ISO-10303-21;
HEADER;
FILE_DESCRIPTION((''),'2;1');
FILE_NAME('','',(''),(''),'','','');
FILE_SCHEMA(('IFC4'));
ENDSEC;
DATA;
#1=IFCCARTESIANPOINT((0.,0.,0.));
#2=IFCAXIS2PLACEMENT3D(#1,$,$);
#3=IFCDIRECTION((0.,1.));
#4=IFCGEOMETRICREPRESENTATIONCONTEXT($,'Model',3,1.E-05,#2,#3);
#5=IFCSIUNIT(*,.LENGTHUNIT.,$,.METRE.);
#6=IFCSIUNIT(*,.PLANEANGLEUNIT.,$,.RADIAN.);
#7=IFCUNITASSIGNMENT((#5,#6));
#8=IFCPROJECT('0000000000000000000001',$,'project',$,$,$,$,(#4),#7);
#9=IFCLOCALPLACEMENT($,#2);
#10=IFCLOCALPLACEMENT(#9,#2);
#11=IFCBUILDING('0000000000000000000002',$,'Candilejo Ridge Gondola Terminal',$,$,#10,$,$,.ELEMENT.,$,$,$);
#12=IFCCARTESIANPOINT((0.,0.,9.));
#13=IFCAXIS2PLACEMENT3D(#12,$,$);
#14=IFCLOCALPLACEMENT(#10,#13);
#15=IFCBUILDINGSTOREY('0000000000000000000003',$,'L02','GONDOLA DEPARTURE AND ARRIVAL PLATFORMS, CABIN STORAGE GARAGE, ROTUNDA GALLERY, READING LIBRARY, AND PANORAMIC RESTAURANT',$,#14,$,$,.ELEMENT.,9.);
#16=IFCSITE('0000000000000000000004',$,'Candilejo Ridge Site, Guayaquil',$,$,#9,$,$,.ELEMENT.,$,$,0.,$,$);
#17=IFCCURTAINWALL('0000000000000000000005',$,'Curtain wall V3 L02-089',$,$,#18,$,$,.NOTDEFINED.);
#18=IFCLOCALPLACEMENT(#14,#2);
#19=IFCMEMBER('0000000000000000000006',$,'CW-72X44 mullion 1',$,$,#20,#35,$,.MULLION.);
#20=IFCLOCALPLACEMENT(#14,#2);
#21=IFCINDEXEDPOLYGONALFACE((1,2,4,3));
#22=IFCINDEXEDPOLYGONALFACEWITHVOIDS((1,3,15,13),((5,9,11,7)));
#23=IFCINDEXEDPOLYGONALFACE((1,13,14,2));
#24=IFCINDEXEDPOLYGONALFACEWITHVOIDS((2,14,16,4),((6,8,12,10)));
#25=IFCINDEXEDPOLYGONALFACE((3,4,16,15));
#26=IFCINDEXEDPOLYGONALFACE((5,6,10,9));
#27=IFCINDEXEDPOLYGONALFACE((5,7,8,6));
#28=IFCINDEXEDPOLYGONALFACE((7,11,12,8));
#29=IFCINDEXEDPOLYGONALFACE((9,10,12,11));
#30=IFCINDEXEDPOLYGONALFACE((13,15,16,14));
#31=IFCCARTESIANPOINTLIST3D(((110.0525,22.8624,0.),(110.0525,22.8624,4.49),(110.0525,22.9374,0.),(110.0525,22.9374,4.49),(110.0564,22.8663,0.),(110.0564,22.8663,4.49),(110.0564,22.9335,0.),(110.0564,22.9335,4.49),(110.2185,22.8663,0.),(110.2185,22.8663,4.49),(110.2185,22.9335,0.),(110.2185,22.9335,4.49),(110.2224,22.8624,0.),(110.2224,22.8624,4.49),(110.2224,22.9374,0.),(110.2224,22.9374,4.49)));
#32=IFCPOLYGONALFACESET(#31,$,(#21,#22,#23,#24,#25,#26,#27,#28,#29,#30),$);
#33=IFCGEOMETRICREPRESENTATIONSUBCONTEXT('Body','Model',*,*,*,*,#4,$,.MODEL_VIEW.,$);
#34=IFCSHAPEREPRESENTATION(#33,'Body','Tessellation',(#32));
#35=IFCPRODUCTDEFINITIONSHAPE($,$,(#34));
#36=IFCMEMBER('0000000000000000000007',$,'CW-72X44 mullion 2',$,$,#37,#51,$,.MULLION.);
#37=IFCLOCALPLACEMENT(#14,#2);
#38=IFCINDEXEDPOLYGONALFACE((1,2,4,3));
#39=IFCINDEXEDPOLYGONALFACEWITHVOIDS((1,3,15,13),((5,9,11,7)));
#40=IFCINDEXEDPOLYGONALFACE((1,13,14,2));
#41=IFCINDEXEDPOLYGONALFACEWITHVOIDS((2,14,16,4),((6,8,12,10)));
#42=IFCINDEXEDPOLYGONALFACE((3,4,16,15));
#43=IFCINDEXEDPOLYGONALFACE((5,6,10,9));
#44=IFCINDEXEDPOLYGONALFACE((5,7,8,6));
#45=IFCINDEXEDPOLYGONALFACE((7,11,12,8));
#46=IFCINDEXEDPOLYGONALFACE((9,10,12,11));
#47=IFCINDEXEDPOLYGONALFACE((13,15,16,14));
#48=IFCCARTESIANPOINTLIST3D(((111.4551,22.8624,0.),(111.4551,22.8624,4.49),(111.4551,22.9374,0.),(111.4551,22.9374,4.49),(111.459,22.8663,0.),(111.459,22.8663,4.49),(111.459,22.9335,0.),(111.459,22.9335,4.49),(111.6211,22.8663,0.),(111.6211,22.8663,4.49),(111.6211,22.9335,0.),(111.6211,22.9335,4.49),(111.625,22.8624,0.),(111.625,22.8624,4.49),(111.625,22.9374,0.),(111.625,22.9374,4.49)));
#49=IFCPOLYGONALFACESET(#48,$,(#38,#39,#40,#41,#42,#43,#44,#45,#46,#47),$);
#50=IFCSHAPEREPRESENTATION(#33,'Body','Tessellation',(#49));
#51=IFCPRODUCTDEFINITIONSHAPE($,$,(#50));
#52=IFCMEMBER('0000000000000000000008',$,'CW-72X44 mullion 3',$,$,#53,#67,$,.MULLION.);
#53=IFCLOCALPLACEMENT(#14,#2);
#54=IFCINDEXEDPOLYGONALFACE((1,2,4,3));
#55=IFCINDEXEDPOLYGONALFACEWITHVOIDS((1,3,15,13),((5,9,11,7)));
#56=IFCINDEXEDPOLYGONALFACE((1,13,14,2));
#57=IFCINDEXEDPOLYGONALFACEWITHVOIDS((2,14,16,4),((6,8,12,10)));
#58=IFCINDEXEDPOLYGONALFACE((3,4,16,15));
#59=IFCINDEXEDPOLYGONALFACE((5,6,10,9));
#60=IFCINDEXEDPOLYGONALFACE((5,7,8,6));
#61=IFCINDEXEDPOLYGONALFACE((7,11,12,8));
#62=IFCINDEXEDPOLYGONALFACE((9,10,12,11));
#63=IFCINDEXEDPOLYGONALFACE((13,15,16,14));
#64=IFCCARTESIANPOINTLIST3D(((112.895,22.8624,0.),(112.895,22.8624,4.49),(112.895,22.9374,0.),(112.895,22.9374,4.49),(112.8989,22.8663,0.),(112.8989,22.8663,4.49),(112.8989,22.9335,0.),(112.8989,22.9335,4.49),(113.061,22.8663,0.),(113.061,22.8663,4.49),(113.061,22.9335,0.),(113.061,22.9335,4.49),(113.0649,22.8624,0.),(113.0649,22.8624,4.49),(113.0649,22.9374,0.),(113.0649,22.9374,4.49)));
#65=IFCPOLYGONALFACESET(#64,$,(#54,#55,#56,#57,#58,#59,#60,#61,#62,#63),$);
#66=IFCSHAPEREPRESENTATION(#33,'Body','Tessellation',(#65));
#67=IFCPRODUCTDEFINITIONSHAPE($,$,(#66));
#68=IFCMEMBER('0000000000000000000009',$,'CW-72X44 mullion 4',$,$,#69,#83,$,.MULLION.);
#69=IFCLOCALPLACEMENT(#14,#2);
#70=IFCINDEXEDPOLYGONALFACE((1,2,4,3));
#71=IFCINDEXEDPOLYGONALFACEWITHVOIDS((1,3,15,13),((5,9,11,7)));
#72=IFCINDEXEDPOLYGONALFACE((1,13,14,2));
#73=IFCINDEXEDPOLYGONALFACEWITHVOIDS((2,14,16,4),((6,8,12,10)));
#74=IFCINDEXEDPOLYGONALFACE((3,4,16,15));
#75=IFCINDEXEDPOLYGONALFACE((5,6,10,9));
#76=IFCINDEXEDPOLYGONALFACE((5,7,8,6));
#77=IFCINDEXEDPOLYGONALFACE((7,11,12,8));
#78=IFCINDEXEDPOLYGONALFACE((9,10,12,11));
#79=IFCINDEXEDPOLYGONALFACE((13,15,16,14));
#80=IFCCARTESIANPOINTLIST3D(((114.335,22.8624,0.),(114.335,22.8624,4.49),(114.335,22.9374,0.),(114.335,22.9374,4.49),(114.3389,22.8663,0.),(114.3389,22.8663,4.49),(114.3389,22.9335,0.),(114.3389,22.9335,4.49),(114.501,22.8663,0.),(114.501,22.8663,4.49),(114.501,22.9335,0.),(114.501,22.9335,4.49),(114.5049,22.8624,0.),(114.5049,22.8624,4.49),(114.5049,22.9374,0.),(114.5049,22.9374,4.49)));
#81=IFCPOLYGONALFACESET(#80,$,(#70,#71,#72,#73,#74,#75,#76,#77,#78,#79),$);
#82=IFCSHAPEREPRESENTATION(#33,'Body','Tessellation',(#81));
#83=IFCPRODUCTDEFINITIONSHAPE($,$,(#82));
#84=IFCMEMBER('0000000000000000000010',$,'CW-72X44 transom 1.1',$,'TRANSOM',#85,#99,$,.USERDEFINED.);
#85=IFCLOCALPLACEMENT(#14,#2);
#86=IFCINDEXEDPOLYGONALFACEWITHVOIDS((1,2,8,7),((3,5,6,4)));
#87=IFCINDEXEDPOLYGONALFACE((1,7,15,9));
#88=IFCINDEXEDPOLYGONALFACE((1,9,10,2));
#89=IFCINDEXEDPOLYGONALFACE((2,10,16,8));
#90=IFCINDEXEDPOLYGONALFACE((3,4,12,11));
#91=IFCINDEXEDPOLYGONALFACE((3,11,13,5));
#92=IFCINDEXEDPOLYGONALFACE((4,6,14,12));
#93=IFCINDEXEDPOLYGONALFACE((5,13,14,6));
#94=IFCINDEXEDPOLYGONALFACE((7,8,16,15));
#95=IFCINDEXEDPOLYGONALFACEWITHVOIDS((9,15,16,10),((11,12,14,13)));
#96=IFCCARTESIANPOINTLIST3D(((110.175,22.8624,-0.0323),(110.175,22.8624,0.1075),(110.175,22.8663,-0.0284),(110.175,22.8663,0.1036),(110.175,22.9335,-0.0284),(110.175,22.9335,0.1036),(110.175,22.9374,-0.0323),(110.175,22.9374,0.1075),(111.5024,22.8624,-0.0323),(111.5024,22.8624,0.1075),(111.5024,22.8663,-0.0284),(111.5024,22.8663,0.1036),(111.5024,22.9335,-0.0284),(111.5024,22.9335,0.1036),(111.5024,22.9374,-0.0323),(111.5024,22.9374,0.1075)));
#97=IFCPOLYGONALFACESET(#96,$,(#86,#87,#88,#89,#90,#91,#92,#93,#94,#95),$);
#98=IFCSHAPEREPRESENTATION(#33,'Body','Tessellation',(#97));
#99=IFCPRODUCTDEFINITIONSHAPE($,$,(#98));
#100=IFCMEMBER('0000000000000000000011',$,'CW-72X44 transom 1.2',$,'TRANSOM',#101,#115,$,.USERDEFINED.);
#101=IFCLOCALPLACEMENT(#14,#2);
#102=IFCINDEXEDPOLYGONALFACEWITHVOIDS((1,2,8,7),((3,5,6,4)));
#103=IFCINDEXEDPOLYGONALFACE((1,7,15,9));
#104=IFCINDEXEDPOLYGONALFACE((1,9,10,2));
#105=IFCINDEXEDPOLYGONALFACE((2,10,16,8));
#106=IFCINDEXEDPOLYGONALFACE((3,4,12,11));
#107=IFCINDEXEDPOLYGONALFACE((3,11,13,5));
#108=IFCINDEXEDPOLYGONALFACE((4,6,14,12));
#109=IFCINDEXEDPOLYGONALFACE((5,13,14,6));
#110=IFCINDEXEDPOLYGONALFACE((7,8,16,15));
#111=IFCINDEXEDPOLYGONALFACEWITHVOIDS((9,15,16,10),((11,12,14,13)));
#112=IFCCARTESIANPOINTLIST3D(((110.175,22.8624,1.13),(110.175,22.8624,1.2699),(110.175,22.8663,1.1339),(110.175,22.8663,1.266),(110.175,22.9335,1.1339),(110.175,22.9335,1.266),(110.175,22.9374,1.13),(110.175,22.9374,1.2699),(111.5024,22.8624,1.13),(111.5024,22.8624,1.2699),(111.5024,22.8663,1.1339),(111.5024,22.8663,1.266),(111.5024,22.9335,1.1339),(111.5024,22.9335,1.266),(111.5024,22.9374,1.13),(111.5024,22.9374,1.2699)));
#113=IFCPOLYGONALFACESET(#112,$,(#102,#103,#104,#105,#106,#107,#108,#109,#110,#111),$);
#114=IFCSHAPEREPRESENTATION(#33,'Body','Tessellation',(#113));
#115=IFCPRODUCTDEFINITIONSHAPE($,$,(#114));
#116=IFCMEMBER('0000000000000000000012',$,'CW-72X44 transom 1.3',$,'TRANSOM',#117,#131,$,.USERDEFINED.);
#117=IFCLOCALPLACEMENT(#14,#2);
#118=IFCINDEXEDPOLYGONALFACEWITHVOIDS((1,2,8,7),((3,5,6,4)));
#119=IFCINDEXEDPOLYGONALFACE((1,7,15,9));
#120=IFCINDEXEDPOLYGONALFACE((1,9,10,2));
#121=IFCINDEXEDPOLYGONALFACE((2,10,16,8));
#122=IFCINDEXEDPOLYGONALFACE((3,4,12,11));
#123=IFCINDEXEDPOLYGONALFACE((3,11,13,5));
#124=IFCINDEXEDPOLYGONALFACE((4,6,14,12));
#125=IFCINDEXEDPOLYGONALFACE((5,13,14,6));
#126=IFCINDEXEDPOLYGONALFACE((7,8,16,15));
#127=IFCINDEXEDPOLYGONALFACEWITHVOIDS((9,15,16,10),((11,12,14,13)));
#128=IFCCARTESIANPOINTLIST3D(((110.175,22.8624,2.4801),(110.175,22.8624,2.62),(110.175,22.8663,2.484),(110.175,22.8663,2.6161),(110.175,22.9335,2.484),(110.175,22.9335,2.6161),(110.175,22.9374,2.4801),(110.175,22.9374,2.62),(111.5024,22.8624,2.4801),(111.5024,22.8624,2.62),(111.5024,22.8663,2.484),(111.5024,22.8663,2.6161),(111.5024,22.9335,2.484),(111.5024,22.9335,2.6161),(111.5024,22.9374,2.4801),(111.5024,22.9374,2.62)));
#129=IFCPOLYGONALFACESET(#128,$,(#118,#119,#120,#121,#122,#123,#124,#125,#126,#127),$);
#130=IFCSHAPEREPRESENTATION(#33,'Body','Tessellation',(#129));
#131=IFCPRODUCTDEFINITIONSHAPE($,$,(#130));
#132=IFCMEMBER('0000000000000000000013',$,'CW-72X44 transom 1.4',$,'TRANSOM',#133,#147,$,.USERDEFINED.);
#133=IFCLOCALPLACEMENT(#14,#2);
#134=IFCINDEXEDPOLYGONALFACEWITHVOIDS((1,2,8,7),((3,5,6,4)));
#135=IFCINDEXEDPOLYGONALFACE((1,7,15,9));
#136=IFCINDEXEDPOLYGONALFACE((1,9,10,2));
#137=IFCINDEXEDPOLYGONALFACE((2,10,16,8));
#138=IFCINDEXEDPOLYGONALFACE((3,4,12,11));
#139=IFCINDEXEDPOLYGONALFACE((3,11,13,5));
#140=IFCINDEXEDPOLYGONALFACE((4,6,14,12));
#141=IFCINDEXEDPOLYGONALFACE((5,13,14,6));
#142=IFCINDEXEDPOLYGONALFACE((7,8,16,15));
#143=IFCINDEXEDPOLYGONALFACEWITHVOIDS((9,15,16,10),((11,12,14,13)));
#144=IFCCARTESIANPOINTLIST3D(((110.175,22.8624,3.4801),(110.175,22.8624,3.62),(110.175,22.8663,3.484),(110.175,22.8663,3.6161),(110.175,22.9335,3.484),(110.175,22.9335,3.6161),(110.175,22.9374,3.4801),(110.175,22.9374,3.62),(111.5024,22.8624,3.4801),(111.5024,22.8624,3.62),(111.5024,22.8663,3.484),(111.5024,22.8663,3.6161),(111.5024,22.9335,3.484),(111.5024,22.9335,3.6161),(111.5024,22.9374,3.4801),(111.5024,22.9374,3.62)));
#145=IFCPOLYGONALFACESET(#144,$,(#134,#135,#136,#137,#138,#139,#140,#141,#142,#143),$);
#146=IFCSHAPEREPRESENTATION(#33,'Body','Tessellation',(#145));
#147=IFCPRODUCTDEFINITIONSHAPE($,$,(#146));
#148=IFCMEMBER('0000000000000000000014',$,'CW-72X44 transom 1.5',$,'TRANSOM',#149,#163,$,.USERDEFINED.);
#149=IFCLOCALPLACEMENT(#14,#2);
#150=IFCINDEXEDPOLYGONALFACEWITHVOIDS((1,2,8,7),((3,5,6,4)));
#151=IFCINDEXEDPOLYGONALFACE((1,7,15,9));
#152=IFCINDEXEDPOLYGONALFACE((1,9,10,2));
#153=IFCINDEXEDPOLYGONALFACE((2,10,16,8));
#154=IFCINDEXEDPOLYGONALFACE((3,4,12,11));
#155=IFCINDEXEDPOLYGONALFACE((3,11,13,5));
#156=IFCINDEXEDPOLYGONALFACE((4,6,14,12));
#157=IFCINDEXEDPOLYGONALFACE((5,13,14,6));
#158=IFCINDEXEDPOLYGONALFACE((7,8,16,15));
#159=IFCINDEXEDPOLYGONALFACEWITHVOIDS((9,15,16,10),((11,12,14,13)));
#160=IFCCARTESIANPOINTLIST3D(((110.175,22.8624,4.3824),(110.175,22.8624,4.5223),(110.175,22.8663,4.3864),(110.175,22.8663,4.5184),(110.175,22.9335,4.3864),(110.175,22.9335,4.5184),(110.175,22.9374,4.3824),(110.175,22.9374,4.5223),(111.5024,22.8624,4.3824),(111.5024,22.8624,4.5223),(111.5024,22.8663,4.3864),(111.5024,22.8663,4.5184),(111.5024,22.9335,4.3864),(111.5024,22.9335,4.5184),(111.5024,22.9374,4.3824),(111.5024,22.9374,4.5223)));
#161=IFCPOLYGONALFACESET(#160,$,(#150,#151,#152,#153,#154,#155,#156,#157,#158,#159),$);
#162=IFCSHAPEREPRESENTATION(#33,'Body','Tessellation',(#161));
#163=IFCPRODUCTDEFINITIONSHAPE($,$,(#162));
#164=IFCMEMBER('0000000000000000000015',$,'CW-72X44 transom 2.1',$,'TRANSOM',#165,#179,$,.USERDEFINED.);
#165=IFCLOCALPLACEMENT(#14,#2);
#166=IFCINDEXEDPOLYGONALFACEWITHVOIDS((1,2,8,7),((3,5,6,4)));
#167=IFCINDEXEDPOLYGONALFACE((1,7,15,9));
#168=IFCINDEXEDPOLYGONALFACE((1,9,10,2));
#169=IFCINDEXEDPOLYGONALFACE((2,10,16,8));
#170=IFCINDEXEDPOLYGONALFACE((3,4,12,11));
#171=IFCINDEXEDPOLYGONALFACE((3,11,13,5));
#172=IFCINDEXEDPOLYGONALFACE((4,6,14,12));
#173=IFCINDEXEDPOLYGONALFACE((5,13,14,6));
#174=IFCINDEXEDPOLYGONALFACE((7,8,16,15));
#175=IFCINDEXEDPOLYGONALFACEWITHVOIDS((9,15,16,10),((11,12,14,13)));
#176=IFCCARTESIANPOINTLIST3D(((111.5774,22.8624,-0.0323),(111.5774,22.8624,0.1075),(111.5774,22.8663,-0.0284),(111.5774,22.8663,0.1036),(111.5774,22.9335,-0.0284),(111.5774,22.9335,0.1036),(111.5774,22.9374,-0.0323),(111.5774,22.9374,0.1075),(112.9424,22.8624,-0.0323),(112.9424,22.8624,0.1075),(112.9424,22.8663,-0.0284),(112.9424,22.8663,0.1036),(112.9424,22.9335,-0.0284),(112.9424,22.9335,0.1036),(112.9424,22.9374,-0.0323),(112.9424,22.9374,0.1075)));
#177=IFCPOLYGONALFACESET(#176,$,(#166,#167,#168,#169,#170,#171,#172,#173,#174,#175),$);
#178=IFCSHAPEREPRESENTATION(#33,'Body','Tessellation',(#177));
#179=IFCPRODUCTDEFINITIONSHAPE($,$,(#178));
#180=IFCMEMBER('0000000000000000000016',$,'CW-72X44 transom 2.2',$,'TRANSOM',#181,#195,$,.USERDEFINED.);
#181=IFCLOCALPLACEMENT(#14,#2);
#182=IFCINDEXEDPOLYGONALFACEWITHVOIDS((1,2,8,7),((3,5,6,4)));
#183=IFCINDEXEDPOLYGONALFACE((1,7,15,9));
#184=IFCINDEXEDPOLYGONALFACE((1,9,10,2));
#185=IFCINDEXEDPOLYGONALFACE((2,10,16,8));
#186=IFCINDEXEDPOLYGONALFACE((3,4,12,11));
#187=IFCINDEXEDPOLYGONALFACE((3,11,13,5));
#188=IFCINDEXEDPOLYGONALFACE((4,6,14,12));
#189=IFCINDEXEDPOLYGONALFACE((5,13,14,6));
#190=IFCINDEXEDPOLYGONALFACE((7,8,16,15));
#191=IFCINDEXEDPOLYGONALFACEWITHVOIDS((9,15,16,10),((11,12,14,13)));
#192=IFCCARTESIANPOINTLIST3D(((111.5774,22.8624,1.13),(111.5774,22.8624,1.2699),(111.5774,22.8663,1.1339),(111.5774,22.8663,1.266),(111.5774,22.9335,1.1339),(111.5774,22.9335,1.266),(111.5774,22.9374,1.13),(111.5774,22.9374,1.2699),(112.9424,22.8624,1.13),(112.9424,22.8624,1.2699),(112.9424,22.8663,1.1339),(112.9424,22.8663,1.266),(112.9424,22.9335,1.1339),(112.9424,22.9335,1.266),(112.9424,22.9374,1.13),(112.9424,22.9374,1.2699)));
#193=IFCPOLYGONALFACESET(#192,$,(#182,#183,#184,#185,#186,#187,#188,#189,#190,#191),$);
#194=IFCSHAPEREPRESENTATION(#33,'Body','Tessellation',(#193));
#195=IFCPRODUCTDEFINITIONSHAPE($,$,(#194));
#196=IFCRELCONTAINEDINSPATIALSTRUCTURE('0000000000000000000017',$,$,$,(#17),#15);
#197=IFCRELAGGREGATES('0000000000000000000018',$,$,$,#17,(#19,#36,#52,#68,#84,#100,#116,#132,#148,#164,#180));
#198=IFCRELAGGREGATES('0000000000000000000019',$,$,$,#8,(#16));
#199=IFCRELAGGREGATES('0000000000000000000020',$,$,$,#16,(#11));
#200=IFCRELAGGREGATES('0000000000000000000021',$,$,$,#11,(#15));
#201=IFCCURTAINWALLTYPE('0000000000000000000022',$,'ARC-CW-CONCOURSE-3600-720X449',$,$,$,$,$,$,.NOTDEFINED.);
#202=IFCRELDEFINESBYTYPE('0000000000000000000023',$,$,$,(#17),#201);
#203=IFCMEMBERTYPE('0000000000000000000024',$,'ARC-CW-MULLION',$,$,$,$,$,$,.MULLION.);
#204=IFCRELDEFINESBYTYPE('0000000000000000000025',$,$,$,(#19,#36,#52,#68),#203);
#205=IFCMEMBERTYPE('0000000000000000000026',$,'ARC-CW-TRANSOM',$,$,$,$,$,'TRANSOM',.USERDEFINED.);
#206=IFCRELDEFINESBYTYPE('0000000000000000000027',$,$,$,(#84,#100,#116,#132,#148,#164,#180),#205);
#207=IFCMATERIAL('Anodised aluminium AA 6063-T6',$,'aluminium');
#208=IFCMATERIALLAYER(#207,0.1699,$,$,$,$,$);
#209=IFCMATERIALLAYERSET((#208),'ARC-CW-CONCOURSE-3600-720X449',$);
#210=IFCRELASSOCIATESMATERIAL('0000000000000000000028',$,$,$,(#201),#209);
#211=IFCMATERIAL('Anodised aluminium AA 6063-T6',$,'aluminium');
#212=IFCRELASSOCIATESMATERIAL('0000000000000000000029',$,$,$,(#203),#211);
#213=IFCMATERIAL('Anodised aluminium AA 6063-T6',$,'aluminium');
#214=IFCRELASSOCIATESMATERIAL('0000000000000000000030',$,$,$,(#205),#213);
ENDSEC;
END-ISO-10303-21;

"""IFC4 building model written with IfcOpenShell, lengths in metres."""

from ifc_helpers import new_model, si_unit, direction, frame, origin, origin_2d, place, context, subcontext, project, spatial, hollow_rectangle, extrude, material, layer, layer_set, material_profile, profile_set, type_object, element, aggregate, save


model = new_model("IFC4")

# Units and contexts
model_context = context("Model", 3, precision=1e-05, world=origin(), true_north=direction((0.0, 1.0)))
body_context = subcontext(model_context, "Body", "Model", "MODEL_VIEW")
ifc_project = project(units=[si_unit("LENGTHUNIT", "METRE"), si_unit("PLANEANGLEUNIT", "RADIAN")], contexts=[model_context])

# Site, building, storey
site_placement = place(None, origin())
site = spatial("IfcSite", under=ifc_project, at=site_placement, Name="Candilejo Ridge Site, Guayaquil", CompositionType="ELEMENT", RefElevation=0.0)
building_placement = place(site_placement, origin())
building = spatial("IfcBuilding", under=site, at=building_placement, Name="Candilejo Ridge Gondola Terminal", CompositionType="ELEMENT")
storey_placement = place(building_placement, frame((0.0, 0.0, 9.0)))
storey = spatial("IfcBuildingStorey", under=building, at=storey_placement, Name="L02", Description="GONDOLA DEPARTURE AND ARRIVAL PLATFORMS, CABIN STORAGE GARAGE, ROTUNDA GALLERY, READING LIBRARY, AND PANORAMIC RESTAURANT", CompositionType="ELEMENT", Elevation=9.0)

# Curtain wall, members
ifc_material_1 = material(Name="Anodised aluminium AA 6063-T6", Category="aluminium")
ifc_layer_1 = layer(ifc_material_1, 0.1699)
ifc_layer_set_1 = layer_set([ifc_layer_1], Name="ARC-CW-CONCOURSE-3600-720X449")
curtain_wall_type = type_object("IfcCurtainWallType", Name="ARC-CW-CONCOURSE-3600-720X449", PredefinedType="NOTDEFINED", material=ifc_layer_set_1)
curtain_wall_placement = place(storey_placement, origin())
curtain_wall = element("IfcCurtainWall", 1, at=curtain_wall_placement, inside=storey, type_object=curtain_wall_type, Name="Curtain wall V3 L02-089", PredefinedType="NOTDEFINED")
ifc_material_2 = material(Name="Anodised aluminium AA 6063-T6", Category="aluminium")
ifc_material_profile_1 = material_profile(ifc_material_2, hollow_rectangle(XDim=0.075, YDim=0.1699, WallThickness=0.0039, at=origin_2d()))
ifc_profile_set_1 = profile_set([ifc_material_profile_1], Name="Anodised aluminium AA 6063-T6")
member_type_1 = type_object("IfcMemberType", Name="ARC-CW-MULLION", PredefinedType="MULLION", material=ifc_profile_set_1)
member_1_placement = place(storey_placement, frame((110.1375, 22.8999, 0.0), z_axis=(0.0, 0.0, 1.0), x_axis=(0.0, 1.0, 0.0)))
member_1 = element("IfcMember", 2, at=member_1_placement, type_object=member_type_1, Name="CW-72X44 mullion 1", PredefinedType="MULLION", context=body_context, shape_type="SweptSolid", body=[
    extrude(hollow_rectangle(XDim=0.075, YDim=0.1699, WallThickness=0.0039, at=origin_2d()), origin(), (0.0, 0.0, 1.0), 4.49),
])
member_2_placement = place(storey_placement, frame((111.54, 22.8999, 0.0), z_axis=(0.0, 0.0, 1.0), x_axis=(0.0, 1.0, 0.0)))
member_2 = element("IfcMember", 3, at=member_2_placement, type_object=member_type_1, Name="CW-72X44 mullion 2", PredefinedType="MULLION", context=body_context, shape_type="SweptSolid", body=[
    extrude(hollow_rectangle(XDim=0.075, YDim=0.1699, WallThickness=0.0039, at=origin_2d()), origin(), (0.0, 0.0, 1.0), 4.49),
])
member_3_placement = place(storey_placement, frame((112.98, 22.8999, 0.0), z_axis=(0.0, 0.0, 1.0), x_axis=(0.0, 1.0, 0.0)))
member_3 = element("IfcMember", 4, at=member_3_placement, type_object=member_type_1, Name="CW-72X44 mullion 3", PredefinedType="MULLION", context=body_context, shape_type="SweptSolid", body=[
    extrude(hollow_rectangle(XDim=0.075, YDim=0.1699, WallThickness=0.0039, at=origin_2d()), origin(), (0.0, 0.0, 1.0), 4.49),
])
member_4_placement = place(storey_placement, frame((114.4199, 22.8999, 0.0), z_axis=(0.0, 0.0, 1.0), x_axis=(0.0, 1.0, 0.0)))
member_4 = element("IfcMember", 5, at=member_4_placement, type_object=member_type_1, Name="CW-72X44 mullion 4", PredefinedType="MULLION", context=body_context, shape_type="SweptSolid", body=[
    extrude(hollow_rectangle(XDim=0.075, YDim=0.1699, WallThickness=0.0039, at=origin_2d()), origin(), (0.0, 0.0, 1.0), 4.49),
])
ifc_material_3 = material(Name="Anodised aluminium AA 6063-T6", Category="aluminium")
ifc_material_profile_2 = material_profile(ifc_material_3, hollow_rectangle(XDim=0.075, YDim=0.1399, WallThickness=0.0039, at=origin_2d()))
ifc_profile_set_2 = profile_set([ifc_material_profile_2], Name="Anodised aluminium AA 6063-T6")
member_type_2 = type_object("IfcMemberType", Name="ARC-CW-TRANSOM", ElementType="TRANSOM", PredefinedType="USERDEFINED", material=ifc_profile_set_2)
member_5_placement = place(storey_placement, frame((110.175, 22.8999, 0.0376), z_axis=(1.0, 0.0, 0.0), x_axis=(0.0, 1.0, 0.0)))
member_5 = element("IfcMember", 6, at=member_5_placement, type_object=member_type_2, Name="CW-72X44 transom 1.1", ObjectType="TRANSOM", PredefinedType="USERDEFINED", context=body_context, shape_type="SweptSolid", body=[
    extrude(hollow_rectangle(XDim=0.075, YDim=0.1399, WallThickness=0.0039, at=origin_2d()), origin(), (0.0, 0.0, 1.0), 1.3274),
])
member_6_placement = place(storey_placement, frame((110.175, 22.8999, 1.2), z_axis=(1.0, 0.0, 0.0), x_axis=(0.0, 1.0, 0.0)))
member_6 = element("IfcMember", 7, at=member_6_placement, type_object=member_type_2, Name="CW-72X44 transom 1.2", ObjectType="TRANSOM", PredefinedType="USERDEFINED", context=body_context, shape_type="SweptSolid", body=[
    extrude(hollow_rectangle(XDim=0.075, YDim=0.1399, WallThickness=0.0039, at=origin_2d()), origin(), (0.0, 0.0, 1.0), 1.3274),
])
member_7_placement = place(storey_placement, frame((110.175, 22.8999, 2.55), z_axis=(1.0, 0.0, 0.0), x_axis=(0.0, 1.0, 0.0)))
member_7 = element("IfcMember", 8, at=member_7_placement, type_object=member_type_2, Name="CW-72X44 transom 1.3", ObjectType="TRANSOM", PredefinedType="USERDEFINED", context=body_context, shape_type="SweptSolid", body=[
    extrude(hollow_rectangle(XDim=0.075, YDim=0.1399, WallThickness=0.0039, at=origin_2d()), origin(), (0.0, 0.0, 1.0), 1.3274),
])
member_8_placement = place(storey_placement, frame((110.175, 22.8999, 3.55), z_axis=(1.0, 0.0, 0.0), x_axis=(0.0, 1.0, 0.0)))
member_8 = element("IfcMember", 9, at=member_8_placement, type_object=member_type_2, Name="CW-72X44 transom 1.4", ObjectType="TRANSOM", PredefinedType="USERDEFINED", context=body_context, shape_type="SweptSolid", body=[
    extrude(hollow_rectangle(XDim=0.075, YDim=0.1399, WallThickness=0.0039, at=origin_2d()), origin(), (0.0, 0.0, 1.0), 1.3274),
])
member_9_placement = place(storey_placement, frame((110.175, 22.8999, 4.4524), z_axis=(1.0, 0.0, 0.0), x_axis=(0.0, 1.0, 0.0)))
member_9 = element("IfcMember", 10, at=member_9_placement, type_object=member_type_2, Name="CW-72X44 transom 1.5", ObjectType="TRANSOM", PredefinedType="USERDEFINED", context=body_context, shape_type="SweptSolid", body=[
    extrude(hollow_rectangle(XDim=0.075, YDim=0.1399, WallThickness=0.0039, at=origin_2d()), origin(), (0.0, 0.0, 1.0), 1.3274),
])
member_10_placement = place(storey_placement, frame((111.5774, 22.8999, 0.0376), z_axis=(1.0, 0.0, 0.0), x_axis=(0.0, 1.0, 0.0)))
member_10 = element("IfcMember", 11, at=member_10_placement, type_object=member_type_2, Name="CW-72X44 transom 2.1", ObjectType="TRANSOM", PredefinedType="USERDEFINED", context=body_context, shape_type="SweptSolid", body=[
    extrude(hollow_rectangle(XDim=0.075, YDim=0.1399, WallThickness=0.0039, at=origin_2d()), origin(), (0.0, 0.0, 1.0), 1.365),
])
member_11_placement = place(storey_placement, frame((111.5774, 22.8999, 1.2), z_axis=(1.0, 0.0, 0.0), x_axis=(0.0, 1.0, 0.0)))
member_11 = element("IfcMember", 12, at=member_11_placement, type_object=member_type_2, Name="CW-72X44 transom 2.2", ObjectType="TRANSOM", PredefinedType="USERDEFINED", context=body_context, shape_type="SweptSolid", body=[
    extrude(hollow_rectangle(XDim=0.075, YDim=0.1399, WallThickness=0.0039, at=origin_2d()), origin(), (0.0, 0.0, 1.0), 1.365),
])

aggregate(curtain_wall, [member_1, member_2, member_3, member_4, member_5, member_6, member_7, member_8, member_9, member_10, member_11])

save(model, "model.ifc")
